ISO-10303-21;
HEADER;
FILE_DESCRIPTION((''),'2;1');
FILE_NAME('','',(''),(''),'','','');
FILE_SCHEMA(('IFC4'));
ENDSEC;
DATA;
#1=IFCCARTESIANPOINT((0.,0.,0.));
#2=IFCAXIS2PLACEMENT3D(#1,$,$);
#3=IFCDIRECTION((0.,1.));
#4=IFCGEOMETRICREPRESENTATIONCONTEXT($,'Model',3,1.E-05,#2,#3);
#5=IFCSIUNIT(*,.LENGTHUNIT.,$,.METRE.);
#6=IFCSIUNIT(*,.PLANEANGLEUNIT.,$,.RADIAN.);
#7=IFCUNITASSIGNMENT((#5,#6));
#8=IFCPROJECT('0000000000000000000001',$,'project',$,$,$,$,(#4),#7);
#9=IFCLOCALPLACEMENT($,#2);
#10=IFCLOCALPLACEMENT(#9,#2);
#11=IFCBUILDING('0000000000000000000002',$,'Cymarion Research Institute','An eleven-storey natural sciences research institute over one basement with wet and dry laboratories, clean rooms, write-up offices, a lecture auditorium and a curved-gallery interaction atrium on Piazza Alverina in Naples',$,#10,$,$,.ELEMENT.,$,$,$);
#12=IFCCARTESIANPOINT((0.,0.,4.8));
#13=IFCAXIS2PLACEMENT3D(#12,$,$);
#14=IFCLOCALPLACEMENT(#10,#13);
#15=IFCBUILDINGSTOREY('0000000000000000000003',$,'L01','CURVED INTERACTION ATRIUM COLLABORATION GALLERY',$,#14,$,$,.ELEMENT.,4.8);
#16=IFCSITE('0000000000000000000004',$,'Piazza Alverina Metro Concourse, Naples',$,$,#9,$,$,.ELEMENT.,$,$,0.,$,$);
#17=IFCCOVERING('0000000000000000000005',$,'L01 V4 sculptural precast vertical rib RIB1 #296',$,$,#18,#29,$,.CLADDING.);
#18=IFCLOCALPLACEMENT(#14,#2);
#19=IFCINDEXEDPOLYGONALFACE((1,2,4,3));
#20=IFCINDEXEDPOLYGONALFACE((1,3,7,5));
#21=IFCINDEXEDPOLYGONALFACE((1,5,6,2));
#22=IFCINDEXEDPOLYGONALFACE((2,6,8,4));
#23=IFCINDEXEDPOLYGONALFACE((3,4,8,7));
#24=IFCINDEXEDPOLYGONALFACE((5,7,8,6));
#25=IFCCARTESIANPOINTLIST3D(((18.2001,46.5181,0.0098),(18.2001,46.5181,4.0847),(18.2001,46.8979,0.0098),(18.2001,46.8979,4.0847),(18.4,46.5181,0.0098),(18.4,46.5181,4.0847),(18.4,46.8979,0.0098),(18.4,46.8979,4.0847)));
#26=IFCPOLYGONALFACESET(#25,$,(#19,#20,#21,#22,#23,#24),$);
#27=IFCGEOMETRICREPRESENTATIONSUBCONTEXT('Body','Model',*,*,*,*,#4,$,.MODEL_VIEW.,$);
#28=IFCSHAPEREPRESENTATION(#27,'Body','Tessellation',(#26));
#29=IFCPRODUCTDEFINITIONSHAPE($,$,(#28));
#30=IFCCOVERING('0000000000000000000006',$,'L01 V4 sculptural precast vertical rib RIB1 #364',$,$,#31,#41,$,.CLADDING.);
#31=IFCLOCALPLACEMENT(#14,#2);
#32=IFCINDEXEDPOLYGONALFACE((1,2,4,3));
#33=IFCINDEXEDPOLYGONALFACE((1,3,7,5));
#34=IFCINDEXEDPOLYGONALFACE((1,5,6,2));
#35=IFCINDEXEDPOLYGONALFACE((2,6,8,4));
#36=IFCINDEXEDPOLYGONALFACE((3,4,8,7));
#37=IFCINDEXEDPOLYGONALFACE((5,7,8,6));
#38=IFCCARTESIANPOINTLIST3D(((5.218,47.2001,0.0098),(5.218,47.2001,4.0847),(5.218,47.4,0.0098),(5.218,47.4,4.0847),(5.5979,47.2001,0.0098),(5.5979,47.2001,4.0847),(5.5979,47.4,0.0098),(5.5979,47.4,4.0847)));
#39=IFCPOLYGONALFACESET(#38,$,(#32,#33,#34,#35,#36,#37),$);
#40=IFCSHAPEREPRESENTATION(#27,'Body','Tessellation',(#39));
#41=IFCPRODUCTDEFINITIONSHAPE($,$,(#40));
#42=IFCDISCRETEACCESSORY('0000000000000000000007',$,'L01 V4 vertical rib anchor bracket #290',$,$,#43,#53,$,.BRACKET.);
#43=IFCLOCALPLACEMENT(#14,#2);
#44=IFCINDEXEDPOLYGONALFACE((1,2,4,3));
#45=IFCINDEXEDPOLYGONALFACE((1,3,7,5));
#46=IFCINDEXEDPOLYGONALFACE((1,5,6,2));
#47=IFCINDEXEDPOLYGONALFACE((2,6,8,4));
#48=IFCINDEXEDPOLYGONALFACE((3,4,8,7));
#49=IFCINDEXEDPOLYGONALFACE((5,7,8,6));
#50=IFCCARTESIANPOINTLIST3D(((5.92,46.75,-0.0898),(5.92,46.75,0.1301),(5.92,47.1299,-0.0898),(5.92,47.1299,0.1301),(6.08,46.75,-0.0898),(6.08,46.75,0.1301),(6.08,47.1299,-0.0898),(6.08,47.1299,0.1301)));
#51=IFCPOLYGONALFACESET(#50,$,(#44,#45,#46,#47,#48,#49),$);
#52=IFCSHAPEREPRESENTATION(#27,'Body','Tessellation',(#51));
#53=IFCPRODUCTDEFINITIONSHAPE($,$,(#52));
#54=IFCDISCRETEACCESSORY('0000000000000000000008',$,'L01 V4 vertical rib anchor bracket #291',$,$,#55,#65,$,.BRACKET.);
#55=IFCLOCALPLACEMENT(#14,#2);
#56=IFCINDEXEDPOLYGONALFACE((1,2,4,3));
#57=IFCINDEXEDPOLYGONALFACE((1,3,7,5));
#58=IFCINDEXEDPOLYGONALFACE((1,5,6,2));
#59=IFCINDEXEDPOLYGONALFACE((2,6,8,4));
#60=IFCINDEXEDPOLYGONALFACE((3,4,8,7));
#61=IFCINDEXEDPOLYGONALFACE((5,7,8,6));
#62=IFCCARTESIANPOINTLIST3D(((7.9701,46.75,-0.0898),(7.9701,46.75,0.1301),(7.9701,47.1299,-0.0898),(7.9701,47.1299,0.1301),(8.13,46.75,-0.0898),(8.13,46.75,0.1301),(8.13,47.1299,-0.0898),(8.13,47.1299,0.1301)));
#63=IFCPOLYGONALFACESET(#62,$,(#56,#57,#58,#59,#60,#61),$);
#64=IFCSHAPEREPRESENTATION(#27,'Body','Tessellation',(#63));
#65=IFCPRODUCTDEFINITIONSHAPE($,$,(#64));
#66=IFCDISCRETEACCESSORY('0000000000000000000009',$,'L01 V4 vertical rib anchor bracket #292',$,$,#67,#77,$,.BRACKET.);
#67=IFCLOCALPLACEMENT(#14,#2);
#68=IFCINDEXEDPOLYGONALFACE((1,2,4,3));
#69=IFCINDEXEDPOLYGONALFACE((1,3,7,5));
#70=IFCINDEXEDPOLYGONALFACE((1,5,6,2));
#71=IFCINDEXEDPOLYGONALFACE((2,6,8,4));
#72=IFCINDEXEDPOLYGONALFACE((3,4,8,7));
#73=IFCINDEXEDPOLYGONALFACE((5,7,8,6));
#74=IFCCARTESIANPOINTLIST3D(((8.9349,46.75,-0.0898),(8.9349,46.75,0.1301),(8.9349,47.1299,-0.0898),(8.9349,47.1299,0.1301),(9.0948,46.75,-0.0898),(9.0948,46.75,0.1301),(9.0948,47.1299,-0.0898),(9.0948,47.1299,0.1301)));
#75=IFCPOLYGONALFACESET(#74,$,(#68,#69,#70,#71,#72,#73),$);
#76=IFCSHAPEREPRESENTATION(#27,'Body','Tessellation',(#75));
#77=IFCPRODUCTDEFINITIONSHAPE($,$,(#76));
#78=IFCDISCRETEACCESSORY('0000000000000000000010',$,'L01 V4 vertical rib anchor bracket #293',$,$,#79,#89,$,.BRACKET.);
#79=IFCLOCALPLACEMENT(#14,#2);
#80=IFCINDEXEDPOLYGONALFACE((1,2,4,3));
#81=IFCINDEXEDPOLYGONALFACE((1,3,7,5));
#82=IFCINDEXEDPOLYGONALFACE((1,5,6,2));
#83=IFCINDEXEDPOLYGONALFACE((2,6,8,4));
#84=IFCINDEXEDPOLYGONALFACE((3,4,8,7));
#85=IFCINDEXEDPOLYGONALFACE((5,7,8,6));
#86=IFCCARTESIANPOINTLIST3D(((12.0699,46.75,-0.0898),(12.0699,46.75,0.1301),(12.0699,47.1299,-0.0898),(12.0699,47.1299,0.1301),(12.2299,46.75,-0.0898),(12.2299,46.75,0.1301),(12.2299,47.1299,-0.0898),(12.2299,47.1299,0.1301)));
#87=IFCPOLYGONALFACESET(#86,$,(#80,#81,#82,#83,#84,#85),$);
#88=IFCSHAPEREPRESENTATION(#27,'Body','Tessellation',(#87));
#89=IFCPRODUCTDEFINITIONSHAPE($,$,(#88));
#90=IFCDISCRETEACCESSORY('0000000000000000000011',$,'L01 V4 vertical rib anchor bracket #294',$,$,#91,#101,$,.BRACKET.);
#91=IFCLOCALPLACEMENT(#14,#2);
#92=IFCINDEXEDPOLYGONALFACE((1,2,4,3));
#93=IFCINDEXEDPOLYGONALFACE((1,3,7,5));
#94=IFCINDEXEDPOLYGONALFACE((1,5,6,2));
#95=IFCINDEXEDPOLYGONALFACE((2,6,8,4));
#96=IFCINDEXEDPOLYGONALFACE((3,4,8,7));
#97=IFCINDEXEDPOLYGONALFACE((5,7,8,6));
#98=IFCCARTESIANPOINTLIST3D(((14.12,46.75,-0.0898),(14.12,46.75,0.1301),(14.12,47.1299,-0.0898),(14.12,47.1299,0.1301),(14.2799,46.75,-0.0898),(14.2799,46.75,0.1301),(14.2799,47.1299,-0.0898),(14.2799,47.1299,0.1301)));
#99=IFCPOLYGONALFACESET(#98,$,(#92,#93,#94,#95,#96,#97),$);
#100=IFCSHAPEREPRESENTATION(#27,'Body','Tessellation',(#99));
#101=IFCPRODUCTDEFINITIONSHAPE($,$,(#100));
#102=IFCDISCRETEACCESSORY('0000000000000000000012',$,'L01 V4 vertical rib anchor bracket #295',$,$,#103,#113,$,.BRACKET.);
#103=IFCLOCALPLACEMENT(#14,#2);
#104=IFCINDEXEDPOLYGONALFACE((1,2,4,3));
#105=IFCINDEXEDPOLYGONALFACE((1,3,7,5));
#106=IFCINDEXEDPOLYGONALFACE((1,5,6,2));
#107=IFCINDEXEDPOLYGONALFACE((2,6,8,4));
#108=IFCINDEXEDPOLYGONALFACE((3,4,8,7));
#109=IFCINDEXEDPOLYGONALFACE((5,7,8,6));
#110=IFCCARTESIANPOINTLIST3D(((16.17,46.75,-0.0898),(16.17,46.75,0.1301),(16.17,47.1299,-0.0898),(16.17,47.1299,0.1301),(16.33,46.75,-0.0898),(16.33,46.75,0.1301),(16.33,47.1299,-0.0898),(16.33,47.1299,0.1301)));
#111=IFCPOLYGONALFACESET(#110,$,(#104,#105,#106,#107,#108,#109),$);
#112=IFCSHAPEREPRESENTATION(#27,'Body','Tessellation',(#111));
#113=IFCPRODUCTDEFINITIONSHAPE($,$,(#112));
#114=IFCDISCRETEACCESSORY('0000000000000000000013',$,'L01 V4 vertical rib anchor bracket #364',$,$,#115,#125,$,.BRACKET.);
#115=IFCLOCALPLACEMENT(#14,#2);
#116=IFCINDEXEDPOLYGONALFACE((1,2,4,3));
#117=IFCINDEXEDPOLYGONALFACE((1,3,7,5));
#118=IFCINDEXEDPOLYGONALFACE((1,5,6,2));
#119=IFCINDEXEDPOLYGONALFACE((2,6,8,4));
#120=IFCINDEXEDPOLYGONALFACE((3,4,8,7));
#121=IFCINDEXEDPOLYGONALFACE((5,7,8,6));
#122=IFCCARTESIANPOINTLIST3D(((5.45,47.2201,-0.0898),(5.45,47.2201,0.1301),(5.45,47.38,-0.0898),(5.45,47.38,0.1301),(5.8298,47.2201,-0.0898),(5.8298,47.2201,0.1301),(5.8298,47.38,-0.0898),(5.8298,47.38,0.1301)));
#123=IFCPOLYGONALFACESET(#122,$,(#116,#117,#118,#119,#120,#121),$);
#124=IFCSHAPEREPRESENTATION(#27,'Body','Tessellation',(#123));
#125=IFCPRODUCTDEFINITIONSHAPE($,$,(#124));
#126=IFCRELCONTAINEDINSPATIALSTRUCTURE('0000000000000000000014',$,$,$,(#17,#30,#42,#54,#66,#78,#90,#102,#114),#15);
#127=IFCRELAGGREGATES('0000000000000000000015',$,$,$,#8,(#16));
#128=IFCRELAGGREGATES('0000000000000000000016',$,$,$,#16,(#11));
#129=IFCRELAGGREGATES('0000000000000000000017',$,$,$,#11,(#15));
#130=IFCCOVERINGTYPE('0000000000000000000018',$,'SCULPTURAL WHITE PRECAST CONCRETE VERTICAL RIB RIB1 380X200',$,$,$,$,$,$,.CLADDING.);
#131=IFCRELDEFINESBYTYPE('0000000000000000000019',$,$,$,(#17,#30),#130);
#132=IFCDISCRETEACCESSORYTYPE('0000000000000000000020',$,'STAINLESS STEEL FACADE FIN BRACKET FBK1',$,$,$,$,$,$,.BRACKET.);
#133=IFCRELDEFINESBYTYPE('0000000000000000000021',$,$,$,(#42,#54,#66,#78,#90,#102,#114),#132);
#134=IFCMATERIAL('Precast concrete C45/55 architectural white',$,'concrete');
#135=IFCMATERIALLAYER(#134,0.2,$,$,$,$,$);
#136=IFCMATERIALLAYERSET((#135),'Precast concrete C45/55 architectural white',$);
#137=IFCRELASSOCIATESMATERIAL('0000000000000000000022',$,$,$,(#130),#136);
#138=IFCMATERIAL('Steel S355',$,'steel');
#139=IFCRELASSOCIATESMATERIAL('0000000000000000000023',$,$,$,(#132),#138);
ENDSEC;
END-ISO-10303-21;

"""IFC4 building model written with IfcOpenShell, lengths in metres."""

from ifc_helpers import new_model, si_unit, direction, frame, origin, origin_2d, place, context, subcontext, project, spatial, rectangle, extrude, material, layer, layer_set, type_object, element, save


model = new_model("IFC4")

# Units and contexts
model_context = context("Model", 3, precision=1e-05, world=origin(), true_north=direction((0.0, 1.0)))
body_context = subcontext(model_context, "Body", "Model", "MODEL_VIEW")
ifc_project = project(units=[si_unit("LENGTHUNIT", "METRE"), si_unit("PLANEANGLEUNIT", "RADIAN")], contexts=[model_context])

# Site, building, storey
site_placement = place(None, origin())
site = spatial("IfcSite", under=ifc_project, at=site_placement, Name="Piazza Alverina Metro Concourse, Naples", CompositionType="ELEMENT", RefElevation=0.0)
building_placement = place(site_placement, origin())
building = spatial("IfcBuilding", under=site, at=building_placement, Name="Cymarion Research Institute", Description="An eleven-storey natural sciences research institute over one basement with wet and dry laboratories, clean rooms, write-up offices, a lecture auditorium and a curved-gallery interaction atrium on Piazza Alverina in Naples", CompositionType="ELEMENT")
storey_placement = place(building_placement, frame((0.0, 0.0, 4.8)))
storey = spatial("IfcBuildingStorey", under=building, at=storey_placement, Name="L01", Description="CURVED INTERACTION ATRIUM COLLABORATION GALLERY", CompositionType="ELEMENT", Elevation=4.8)

# Shared definitions
ifc_material_1 = material(Name="Steel S355", Category="steel")

# Coverings
ifc_material_2 = material(Name="Precast concrete C45/55 architectural white", Category="concrete")
ifc_layer_1 = layer(ifc_material_2, 0.2)
ifc_layer_set_1 = layer_set([ifc_layer_1], Name="Precast concrete C45/55 architectural white")
covering_type = type_object("IfcCoveringType", Name="SCULPTURAL WHITE PRECAST CONCRETE VERTICAL RIB RIB1 380X200", PredefinedType="CLADDING", material=ifc_layer_set_1)
for number, where, z_axis, x_axis, name in (
    (1, (18.3, 46.708, 0.0098), (0.0, 0.0, 1.0), (0.0, -1.0, 0.0), "L01 V4 sculptural precast vertical rib RIB1 #296"),
    (2, (5.408, 47.3, 0.0098), (0.0, 0.0, 1.0), (-1.0, 0.0, 0.0), "L01 V4 sculptural precast vertical rib RIB1 #364"),
):
    element("IfcCovering", number, at=place(storey_placement, frame(where, z_axis=z_axis, x_axis=x_axis)), inside=storey, type_object=covering_type, Name=name, PredefinedType="CLADDING", context=body_context, shape_type="SweptSolid", body=[
        extrude(rectangle(XDim=0.3799, YDim=0.2, at=origin_2d()), origin(), (0.0, 0.0, 1.0), 4.075),
    ])

# Discrete accessories
discrete_accessory_type = type_object("IfcDiscreteAccessoryType", Name="STAINLESS STEEL FACADE FIN BRACKET FBK1", PredefinedType="BRACKET", material=ifc_material_1)
for number, where, z_axis, x_axis, name in (
    (3, (6.0, 46.9399, -0.0898), (0.0, 0.0, 1.0), (0.0, -1.0, 0.0), "L01 V4 vertical rib anchor bracket #290"),
    (4, (8.05, 46.9399, -0.0898), (0.0, 0.0, 1.0), (0.0, -1.0, 0.0), "L01 V4 vertical rib anchor bracket #291"),
    (5, (9.0149, 46.9399, -0.0898), (0.0, 0.0, 1.0), (0.0, -1.0, 0.0), "L01 V4 vertical rib anchor bracket #292"),
    (6, (12.1499, 46.9399, -0.0898), (0.0, 0.0, 1.0), (0.0, -1.0, 0.0), "L01 V4 vertical rib anchor bracket #293"),
    (7, (14.2, 46.9399, -0.0898), (0.0, 0.0, 1.0), (0.0, -1.0, 0.0), "L01 V4 vertical rib anchor bracket #294"),
    (8, (16.25, 46.9399, -0.0898), (0.0, 0.0, 1.0), (0.0, -1.0, 0.0), "L01 V4 vertical rib anchor bracket #295"),
    (9, (5.6399, 47.3, -0.0898), (0.0, 0.0, 1.0), (-1.0, 0.0, 0.0), "L01 V4 vertical rib anchor bracket #364"),
):
    element("IfcDiscreteAccessory", number, at=place(storey_placement, frame(where, z_axis=z_axis, x_axis=x_axis)), inside=storey, type_object=discrete_accessory_type, Name=name, PredefinedType="BRACKET", context=body_context, shape_type="SweptSolid", body=[
        extrude(rectangle(XDim=0.3799, YDim=0.1599, at=origin_2d()), origin(), (0.0, 0.0, 1.0), 0.22),
    ])

save(model, "model.ifc")
